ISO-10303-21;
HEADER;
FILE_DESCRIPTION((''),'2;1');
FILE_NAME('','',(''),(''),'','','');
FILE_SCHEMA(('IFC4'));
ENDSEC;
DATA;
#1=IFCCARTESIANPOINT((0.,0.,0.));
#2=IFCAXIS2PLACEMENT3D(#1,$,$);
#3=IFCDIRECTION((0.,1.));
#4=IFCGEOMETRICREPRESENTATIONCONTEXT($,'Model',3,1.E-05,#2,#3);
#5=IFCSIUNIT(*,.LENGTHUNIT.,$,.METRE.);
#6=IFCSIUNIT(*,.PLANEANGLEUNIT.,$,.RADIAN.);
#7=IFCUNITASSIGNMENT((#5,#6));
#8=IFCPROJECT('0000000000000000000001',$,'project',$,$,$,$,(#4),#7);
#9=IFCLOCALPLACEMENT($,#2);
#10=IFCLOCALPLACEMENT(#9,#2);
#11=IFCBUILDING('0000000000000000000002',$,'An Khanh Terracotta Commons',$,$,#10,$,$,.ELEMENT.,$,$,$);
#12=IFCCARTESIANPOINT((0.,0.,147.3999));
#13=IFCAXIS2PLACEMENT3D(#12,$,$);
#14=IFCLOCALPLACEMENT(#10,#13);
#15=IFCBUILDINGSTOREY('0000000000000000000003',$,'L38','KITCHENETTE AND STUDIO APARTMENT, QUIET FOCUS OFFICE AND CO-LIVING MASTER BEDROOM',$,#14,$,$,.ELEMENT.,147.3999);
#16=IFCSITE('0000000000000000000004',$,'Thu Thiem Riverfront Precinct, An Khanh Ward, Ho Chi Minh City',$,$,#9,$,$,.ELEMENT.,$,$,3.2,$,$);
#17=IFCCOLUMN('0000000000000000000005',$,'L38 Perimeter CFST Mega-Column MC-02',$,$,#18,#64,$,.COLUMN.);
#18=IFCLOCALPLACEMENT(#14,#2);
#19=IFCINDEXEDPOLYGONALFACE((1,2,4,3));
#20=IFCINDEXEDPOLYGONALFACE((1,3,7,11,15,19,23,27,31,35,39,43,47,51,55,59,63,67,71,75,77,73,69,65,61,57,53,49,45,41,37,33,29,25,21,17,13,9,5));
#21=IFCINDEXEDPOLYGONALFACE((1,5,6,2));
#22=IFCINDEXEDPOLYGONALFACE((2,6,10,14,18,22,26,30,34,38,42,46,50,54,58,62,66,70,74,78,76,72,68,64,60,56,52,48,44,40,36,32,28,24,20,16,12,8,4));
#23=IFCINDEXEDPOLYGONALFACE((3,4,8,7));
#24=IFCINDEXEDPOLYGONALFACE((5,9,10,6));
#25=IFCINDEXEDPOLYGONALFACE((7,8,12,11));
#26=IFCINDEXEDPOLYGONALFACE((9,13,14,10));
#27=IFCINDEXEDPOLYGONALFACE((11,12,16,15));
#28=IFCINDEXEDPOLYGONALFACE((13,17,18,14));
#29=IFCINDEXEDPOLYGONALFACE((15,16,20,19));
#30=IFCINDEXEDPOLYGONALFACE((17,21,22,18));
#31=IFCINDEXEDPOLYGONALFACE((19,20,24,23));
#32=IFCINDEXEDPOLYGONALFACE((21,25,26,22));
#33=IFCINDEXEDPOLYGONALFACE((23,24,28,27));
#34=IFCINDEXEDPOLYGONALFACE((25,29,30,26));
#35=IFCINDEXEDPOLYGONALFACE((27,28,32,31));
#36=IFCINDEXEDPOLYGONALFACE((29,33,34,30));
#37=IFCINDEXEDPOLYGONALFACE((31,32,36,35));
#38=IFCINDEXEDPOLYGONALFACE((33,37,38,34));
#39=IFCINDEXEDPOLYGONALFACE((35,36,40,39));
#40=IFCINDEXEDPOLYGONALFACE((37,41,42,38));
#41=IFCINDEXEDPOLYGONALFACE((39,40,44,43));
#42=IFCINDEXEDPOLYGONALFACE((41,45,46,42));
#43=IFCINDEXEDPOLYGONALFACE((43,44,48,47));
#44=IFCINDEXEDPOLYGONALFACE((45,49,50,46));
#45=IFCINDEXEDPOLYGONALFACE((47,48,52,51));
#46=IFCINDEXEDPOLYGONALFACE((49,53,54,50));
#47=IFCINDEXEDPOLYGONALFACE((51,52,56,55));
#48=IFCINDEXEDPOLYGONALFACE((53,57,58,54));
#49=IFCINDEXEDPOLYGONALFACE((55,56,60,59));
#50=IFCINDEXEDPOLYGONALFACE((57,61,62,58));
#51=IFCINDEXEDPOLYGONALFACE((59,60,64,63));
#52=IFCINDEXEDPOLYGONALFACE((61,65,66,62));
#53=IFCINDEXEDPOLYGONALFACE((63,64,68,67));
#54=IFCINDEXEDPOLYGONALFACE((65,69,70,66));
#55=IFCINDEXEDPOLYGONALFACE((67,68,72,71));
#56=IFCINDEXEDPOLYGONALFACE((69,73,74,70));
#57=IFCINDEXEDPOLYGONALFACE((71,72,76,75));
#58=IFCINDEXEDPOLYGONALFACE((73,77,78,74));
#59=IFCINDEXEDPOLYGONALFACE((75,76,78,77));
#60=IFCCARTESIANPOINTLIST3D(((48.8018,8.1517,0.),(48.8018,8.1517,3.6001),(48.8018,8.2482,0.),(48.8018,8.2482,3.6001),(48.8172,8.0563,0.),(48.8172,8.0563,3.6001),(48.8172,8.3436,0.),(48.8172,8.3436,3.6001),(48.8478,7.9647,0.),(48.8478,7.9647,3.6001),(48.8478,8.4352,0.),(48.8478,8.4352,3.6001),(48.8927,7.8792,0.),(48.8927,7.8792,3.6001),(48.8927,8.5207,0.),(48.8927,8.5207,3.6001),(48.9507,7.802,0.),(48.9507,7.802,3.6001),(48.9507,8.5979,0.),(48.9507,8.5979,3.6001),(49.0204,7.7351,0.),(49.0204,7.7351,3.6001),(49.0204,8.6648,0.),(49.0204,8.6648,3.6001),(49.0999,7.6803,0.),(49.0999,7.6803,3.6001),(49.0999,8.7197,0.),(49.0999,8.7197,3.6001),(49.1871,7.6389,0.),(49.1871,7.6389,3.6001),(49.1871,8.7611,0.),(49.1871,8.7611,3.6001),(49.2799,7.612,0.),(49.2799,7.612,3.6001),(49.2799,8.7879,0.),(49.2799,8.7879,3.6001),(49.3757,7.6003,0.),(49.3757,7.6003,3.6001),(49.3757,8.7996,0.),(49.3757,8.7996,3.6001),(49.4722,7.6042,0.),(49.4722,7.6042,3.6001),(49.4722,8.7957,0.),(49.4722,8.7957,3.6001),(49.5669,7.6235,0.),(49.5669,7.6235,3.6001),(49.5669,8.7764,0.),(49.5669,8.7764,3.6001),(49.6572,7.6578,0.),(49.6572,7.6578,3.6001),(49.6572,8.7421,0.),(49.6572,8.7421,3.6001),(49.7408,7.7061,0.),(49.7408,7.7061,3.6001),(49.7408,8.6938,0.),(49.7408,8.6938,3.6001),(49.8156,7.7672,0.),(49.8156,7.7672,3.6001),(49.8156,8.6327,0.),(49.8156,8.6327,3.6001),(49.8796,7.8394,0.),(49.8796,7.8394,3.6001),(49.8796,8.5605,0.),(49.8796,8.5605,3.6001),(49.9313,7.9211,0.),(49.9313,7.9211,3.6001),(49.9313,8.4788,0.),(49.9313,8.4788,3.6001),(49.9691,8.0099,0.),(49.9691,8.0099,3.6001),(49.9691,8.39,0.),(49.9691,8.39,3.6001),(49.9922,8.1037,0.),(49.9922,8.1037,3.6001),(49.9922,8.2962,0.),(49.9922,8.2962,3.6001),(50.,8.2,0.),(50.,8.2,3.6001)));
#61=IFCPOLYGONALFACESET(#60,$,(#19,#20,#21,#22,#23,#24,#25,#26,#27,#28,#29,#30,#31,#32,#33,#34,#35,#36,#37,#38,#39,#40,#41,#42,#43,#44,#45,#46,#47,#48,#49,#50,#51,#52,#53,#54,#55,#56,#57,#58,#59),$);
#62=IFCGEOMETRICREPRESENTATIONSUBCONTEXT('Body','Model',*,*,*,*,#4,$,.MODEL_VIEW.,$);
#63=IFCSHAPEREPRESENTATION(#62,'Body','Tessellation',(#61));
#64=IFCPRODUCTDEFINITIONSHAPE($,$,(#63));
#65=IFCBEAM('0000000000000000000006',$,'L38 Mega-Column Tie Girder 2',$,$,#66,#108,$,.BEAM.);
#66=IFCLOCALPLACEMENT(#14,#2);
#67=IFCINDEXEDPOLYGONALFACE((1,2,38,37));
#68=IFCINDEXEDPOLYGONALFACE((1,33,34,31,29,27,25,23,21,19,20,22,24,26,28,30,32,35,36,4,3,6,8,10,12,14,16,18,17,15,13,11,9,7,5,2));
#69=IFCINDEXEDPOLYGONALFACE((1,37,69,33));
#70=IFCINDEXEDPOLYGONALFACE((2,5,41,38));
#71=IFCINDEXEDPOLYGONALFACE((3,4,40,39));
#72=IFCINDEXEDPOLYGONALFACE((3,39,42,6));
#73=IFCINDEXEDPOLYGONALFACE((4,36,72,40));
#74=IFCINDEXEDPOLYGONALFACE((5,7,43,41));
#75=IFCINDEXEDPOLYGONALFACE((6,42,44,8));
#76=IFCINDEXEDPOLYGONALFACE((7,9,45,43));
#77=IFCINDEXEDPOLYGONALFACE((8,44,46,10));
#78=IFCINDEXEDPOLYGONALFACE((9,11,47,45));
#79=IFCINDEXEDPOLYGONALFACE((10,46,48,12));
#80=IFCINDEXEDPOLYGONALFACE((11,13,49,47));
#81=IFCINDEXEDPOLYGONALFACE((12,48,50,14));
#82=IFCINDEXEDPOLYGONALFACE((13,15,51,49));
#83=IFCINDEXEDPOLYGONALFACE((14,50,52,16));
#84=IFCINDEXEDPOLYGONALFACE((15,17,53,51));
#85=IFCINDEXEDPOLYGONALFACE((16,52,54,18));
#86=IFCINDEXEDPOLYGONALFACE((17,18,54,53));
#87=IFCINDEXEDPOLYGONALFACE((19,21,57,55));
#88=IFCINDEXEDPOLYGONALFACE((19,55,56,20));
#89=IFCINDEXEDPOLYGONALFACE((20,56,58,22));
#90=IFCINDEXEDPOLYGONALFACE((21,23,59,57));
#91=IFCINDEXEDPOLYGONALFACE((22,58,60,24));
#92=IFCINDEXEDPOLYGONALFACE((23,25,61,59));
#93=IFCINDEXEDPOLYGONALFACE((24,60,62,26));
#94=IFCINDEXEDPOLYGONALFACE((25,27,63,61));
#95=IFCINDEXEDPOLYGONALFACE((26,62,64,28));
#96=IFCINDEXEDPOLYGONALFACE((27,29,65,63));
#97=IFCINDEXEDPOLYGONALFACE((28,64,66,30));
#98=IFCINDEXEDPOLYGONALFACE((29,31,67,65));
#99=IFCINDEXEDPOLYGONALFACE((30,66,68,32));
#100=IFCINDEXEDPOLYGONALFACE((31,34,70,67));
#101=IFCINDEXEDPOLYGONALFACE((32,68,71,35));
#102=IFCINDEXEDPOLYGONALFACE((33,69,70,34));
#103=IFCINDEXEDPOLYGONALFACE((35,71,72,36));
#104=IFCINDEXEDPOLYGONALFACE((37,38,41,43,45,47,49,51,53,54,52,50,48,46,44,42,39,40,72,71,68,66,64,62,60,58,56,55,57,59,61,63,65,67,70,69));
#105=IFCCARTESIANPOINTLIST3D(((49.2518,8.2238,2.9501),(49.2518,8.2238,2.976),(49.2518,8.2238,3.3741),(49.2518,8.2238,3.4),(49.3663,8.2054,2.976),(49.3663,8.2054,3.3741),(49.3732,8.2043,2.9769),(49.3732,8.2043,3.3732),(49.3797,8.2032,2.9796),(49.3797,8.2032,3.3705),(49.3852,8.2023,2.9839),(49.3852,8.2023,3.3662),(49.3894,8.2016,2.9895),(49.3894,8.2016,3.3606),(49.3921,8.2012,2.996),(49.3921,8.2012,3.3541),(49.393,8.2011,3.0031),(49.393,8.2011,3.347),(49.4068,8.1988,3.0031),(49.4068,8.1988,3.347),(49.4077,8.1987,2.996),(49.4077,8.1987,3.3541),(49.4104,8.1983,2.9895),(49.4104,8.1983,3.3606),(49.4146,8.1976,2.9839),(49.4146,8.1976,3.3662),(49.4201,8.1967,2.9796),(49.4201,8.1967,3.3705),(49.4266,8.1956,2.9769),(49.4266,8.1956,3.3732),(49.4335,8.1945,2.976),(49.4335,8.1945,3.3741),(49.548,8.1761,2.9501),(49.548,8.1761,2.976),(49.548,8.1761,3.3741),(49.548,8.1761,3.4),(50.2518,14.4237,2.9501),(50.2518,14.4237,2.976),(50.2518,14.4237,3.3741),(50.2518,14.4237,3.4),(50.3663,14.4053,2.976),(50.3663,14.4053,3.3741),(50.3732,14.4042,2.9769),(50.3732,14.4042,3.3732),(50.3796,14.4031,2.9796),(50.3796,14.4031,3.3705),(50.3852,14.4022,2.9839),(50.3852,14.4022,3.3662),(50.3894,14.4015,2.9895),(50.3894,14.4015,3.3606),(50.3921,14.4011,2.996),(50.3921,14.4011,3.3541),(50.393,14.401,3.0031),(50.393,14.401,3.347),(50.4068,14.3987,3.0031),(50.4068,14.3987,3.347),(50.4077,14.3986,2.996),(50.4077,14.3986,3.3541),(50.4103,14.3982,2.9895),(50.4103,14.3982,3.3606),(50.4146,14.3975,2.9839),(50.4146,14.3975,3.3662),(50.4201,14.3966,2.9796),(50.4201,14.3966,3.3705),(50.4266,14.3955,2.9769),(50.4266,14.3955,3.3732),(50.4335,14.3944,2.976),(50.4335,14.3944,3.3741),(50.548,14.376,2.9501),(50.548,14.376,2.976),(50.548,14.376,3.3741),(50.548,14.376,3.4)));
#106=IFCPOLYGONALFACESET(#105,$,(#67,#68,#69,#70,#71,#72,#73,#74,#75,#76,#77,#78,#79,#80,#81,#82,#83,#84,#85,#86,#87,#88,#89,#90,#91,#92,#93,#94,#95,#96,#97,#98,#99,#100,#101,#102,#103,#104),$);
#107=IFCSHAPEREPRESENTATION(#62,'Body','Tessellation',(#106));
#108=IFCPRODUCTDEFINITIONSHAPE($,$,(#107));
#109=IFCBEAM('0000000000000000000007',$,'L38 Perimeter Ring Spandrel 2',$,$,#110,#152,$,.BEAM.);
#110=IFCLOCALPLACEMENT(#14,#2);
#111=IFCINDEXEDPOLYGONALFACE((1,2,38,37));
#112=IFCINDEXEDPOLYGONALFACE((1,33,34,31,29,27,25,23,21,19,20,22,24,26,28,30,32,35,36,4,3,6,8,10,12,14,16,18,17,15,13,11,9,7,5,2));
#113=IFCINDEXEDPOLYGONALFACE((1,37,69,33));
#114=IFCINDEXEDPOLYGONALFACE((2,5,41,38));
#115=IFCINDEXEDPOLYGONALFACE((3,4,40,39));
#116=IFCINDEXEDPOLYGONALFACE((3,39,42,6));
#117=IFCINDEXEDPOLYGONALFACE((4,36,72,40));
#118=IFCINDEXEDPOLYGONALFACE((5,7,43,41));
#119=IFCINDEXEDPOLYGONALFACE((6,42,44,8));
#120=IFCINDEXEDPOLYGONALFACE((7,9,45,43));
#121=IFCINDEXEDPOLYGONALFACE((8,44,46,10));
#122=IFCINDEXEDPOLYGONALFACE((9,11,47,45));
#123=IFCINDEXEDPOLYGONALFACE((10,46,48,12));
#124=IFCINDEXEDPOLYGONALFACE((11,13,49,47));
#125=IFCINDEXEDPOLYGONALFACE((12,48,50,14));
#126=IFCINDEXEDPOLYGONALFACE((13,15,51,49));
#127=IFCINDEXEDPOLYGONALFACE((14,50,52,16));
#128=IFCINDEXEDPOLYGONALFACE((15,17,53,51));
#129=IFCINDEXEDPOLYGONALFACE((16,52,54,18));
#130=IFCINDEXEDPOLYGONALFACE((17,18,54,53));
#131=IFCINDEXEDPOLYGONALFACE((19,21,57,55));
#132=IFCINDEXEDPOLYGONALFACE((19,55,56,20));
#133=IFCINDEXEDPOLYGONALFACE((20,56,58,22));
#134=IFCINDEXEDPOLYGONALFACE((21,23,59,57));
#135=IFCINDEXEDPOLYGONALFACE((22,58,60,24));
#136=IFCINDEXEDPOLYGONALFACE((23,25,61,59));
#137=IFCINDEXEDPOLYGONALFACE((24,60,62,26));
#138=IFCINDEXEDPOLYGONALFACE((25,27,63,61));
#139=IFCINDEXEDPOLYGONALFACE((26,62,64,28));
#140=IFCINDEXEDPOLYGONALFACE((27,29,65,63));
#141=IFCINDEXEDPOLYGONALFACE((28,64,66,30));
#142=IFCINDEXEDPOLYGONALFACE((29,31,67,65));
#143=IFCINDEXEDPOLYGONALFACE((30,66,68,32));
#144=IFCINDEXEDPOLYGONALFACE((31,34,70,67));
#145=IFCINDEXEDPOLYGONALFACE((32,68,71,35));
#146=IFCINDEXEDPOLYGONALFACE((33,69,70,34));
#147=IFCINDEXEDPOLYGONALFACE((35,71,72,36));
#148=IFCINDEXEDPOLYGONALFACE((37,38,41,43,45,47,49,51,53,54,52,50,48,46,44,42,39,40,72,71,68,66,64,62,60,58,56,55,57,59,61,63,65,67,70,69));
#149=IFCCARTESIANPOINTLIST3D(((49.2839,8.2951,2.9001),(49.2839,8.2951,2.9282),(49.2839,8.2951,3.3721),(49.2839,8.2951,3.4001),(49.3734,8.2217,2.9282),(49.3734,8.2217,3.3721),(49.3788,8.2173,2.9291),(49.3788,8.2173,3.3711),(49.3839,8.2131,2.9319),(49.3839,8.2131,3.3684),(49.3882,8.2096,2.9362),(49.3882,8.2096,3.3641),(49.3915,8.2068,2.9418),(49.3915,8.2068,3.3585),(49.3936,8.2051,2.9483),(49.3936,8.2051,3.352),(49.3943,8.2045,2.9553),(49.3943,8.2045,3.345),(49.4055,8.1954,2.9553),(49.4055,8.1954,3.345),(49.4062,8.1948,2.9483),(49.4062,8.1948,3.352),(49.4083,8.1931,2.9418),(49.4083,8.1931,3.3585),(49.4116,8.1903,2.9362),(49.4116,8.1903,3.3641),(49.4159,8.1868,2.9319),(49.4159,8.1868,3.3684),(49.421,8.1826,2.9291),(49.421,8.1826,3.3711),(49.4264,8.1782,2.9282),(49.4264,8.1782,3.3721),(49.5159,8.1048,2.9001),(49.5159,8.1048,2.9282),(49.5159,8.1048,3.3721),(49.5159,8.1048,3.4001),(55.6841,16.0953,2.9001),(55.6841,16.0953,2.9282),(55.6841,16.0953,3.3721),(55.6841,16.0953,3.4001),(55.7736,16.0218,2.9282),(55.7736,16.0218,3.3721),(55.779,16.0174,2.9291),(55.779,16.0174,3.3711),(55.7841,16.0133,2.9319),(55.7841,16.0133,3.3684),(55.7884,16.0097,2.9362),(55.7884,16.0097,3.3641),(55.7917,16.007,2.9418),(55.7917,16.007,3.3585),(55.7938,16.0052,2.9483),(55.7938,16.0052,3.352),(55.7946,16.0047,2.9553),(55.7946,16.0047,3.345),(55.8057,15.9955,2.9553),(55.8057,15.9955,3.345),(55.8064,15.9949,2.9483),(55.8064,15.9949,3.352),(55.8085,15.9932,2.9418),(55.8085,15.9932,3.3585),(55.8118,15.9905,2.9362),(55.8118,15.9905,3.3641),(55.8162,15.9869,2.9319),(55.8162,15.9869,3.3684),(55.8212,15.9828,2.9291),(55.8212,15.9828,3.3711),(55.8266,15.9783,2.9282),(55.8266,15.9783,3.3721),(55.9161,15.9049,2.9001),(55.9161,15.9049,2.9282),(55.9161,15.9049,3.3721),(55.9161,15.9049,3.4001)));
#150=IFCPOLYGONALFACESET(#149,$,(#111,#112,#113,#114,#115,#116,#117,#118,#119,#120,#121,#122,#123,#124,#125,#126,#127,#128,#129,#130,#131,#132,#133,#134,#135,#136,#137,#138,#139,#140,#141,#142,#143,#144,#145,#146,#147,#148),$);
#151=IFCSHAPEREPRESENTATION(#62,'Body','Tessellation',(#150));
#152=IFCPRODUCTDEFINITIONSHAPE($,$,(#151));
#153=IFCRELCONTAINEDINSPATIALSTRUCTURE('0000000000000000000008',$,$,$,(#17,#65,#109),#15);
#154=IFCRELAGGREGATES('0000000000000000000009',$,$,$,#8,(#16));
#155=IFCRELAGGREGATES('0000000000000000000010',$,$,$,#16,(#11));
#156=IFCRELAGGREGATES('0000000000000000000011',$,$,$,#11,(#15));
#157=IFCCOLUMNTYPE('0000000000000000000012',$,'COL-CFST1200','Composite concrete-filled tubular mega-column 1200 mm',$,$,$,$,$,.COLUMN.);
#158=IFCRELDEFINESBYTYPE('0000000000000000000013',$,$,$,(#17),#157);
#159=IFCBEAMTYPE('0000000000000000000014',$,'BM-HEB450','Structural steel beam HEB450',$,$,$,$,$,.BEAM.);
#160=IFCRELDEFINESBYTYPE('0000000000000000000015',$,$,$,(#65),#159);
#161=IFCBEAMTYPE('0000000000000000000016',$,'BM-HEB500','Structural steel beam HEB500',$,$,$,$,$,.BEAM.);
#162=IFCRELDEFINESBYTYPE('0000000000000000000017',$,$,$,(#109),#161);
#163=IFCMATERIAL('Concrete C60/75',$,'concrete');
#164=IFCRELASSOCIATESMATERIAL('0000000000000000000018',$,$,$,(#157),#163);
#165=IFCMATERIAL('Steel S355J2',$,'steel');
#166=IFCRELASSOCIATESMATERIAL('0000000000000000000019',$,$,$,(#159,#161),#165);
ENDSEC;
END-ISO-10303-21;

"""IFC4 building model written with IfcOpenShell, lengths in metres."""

from ifc_helpers import new_model, si_unit, direction, frame, origin, origin_2d, place, context, subcontext, project, spatial, circle, i_section, extrude, material, material_profile, profile_set, type_object, element, save


model = new_model("IFC4")

# Units and contexts
model_context = context("Model", 3, precision=1e-05, world=origin(), true_north=direction((0.0, 1.0)))
body_context = subcontext(model_context, "Body", "Model", "MODEL_VIEW")
ifc_project = project(units=[si_unit("LENGTHUNIT", "METRE"), si_unit("PLANEANGLEUNIT", "RADIAN")], contexts=[model_context])

# Site, building, storey
site_placement = place(None, origin())
site = spatial("IfcSite", under=ifc_project, at=site_placement, Name="Thu Thiem Riverfront Precinct, An Khanh Ward, Ho Chi Minh City", CompositionType="ELEMENT", RefElevation=3.2)
building_placement = place(site_placement, origin())
building = spatial("IfcBuilding", under=site, at=building_placement, Name="An Khanh Terracotta Commons", CompositionType="ELEMENT")
storey_placement = place(building_placement, frame((0.0, 0.0, 147.3999)))
storey = spatial("IfcBuildingStorey", under=building, at=storey_placement, Name="L38", Description="KITCHENETTE AND STUDIO APARTMENT, QUIET FOCUS OFFICE AND CO-LIVING MASTER BEDROOM", CompositionType="ELEMENT", Elevation=147.3999)

# Column
ifc_material_1 = material(Name="Concrete C60/75", Category="concrete")
ifc_material_profile_1 = material_profile(ifc_material_1, circle(Radius=0.6001, at=origin_2d()), Name="CFST1200")
ifc_profile_set_1 = profile_set([ifc_material_profile_1], Name="Concrete C60/75")
column_type = type_object("IfcColumnType", Name="COL-CFST1200", Description="Composite concrete-filled tubular mega-column 1200 mm", PredefinedType="COLUMN", material=ifc_profile_set_1)
column_placement = place(storey_placement, frame((49.3999, 8.2, 0.0), z_axis=(0.0, 0.0, 1.0), x_axis=(1.0, 0.0, 0.0)))
element("IfcColumn", 1, at=column_placement, inside=storey, type_object=column_type, Name="L38 Perimeter CFST Mega-Column MC-02", PredefinedType="COLUMN", context=body_context, shape_type="SweptSolid", body=[
    extrude(circle(Radius=0.6001, at=origin_2d()), origin(), (0.0, 0.0, 1.0), 3.6001),
])

# Beams
ifc_material_2 = material(Name="Steel S355J2", Category="steel")
ifc_material_profile_2 = material_profile(ifc_material_2, i_section(OverallWidth=0.3, OverallDepth=0.45, WebThickness=0.0139, FlangeThickness=0.0259, FilletRadius=0.0271, at=origin_2d()), Name="HEB450")
ifc_profile_set_2 = profile_set([ifc_material_profile_2], Name="Steel S355J2")
beam_type_1 = type_object("IfcBeamType", Name="BM-HEB450", Description="Structural steel beam HEB450", PredefinedType="BEAM", material=ifc_profile_set_2)
beam_1_placement = place(storey_placement, frame((49.3999, 8.2, 3.175), z_axis=(0.159234, 0.987241, 0.0), x_axis=(-0.987241, 0.159234, 0.0)))
element("IfcBeam", 2, at=beam_1_placement, inside=storey, type_object=beam_type_1, Name="L38 Mega-Column Tie Girder 2", PredefinedType="BEAM", context=body_context, shape_type="SweptSolid", body=[
    extrude(i_section(OverallWidth=0.3, OverallDepth=0.45, WebThickness=0.0139, FlangeThickness=0.0259, FilletRadius=0.0271, at=origin_2d()), origin(), (0.0, 0.0, 1.0), 6.28),
])
ifc_material_profile_3 = material_profile(ifc_material_2, i_section(OverallWidth=0.3, OverallDepth=0.5, WebThickness=0.0144, FlangeThickness=0.0281, FilletRadius=0.0271, at=origin_2d()), Name="HEB500")
ifc_profile_set_3 = profile_set([ifc_material_profile_3], Name="Steel S355J2")
beam_type_2 = type_object("IfcBeamType", Name="BM-HEB500", Description="Structural steel beam HEB500", PredefinedType="BEAM", material=ifc_profile_set_3)
beam_2_placement = place(storey_placement, frame((49.3999, 8.2, 3.1501), z_axis=(0.634323, 0.773068, 0.0), x_axis=(-0.773068, 0.634323, 0.0)))
element("IfcBeam", 3, at=beam_2_placement, inside=storey, type_object=beam_type_2, Name="L38 Perimeter Ring Spandrel 2", PredefinedType="BEAM", context=body_context, shape_type="SweptSolid", body=[
    extrude(i_section(OverallWidth=0.3, OverallDepth=0.5, WebThickness=0.0144, FlangeThickness=0.0281, FilletRadius=0.0271, at=origin_2d()), origin(), (0.0, 0.0, 1.0), 10.0898),
])

save(model, "model.ifc")
